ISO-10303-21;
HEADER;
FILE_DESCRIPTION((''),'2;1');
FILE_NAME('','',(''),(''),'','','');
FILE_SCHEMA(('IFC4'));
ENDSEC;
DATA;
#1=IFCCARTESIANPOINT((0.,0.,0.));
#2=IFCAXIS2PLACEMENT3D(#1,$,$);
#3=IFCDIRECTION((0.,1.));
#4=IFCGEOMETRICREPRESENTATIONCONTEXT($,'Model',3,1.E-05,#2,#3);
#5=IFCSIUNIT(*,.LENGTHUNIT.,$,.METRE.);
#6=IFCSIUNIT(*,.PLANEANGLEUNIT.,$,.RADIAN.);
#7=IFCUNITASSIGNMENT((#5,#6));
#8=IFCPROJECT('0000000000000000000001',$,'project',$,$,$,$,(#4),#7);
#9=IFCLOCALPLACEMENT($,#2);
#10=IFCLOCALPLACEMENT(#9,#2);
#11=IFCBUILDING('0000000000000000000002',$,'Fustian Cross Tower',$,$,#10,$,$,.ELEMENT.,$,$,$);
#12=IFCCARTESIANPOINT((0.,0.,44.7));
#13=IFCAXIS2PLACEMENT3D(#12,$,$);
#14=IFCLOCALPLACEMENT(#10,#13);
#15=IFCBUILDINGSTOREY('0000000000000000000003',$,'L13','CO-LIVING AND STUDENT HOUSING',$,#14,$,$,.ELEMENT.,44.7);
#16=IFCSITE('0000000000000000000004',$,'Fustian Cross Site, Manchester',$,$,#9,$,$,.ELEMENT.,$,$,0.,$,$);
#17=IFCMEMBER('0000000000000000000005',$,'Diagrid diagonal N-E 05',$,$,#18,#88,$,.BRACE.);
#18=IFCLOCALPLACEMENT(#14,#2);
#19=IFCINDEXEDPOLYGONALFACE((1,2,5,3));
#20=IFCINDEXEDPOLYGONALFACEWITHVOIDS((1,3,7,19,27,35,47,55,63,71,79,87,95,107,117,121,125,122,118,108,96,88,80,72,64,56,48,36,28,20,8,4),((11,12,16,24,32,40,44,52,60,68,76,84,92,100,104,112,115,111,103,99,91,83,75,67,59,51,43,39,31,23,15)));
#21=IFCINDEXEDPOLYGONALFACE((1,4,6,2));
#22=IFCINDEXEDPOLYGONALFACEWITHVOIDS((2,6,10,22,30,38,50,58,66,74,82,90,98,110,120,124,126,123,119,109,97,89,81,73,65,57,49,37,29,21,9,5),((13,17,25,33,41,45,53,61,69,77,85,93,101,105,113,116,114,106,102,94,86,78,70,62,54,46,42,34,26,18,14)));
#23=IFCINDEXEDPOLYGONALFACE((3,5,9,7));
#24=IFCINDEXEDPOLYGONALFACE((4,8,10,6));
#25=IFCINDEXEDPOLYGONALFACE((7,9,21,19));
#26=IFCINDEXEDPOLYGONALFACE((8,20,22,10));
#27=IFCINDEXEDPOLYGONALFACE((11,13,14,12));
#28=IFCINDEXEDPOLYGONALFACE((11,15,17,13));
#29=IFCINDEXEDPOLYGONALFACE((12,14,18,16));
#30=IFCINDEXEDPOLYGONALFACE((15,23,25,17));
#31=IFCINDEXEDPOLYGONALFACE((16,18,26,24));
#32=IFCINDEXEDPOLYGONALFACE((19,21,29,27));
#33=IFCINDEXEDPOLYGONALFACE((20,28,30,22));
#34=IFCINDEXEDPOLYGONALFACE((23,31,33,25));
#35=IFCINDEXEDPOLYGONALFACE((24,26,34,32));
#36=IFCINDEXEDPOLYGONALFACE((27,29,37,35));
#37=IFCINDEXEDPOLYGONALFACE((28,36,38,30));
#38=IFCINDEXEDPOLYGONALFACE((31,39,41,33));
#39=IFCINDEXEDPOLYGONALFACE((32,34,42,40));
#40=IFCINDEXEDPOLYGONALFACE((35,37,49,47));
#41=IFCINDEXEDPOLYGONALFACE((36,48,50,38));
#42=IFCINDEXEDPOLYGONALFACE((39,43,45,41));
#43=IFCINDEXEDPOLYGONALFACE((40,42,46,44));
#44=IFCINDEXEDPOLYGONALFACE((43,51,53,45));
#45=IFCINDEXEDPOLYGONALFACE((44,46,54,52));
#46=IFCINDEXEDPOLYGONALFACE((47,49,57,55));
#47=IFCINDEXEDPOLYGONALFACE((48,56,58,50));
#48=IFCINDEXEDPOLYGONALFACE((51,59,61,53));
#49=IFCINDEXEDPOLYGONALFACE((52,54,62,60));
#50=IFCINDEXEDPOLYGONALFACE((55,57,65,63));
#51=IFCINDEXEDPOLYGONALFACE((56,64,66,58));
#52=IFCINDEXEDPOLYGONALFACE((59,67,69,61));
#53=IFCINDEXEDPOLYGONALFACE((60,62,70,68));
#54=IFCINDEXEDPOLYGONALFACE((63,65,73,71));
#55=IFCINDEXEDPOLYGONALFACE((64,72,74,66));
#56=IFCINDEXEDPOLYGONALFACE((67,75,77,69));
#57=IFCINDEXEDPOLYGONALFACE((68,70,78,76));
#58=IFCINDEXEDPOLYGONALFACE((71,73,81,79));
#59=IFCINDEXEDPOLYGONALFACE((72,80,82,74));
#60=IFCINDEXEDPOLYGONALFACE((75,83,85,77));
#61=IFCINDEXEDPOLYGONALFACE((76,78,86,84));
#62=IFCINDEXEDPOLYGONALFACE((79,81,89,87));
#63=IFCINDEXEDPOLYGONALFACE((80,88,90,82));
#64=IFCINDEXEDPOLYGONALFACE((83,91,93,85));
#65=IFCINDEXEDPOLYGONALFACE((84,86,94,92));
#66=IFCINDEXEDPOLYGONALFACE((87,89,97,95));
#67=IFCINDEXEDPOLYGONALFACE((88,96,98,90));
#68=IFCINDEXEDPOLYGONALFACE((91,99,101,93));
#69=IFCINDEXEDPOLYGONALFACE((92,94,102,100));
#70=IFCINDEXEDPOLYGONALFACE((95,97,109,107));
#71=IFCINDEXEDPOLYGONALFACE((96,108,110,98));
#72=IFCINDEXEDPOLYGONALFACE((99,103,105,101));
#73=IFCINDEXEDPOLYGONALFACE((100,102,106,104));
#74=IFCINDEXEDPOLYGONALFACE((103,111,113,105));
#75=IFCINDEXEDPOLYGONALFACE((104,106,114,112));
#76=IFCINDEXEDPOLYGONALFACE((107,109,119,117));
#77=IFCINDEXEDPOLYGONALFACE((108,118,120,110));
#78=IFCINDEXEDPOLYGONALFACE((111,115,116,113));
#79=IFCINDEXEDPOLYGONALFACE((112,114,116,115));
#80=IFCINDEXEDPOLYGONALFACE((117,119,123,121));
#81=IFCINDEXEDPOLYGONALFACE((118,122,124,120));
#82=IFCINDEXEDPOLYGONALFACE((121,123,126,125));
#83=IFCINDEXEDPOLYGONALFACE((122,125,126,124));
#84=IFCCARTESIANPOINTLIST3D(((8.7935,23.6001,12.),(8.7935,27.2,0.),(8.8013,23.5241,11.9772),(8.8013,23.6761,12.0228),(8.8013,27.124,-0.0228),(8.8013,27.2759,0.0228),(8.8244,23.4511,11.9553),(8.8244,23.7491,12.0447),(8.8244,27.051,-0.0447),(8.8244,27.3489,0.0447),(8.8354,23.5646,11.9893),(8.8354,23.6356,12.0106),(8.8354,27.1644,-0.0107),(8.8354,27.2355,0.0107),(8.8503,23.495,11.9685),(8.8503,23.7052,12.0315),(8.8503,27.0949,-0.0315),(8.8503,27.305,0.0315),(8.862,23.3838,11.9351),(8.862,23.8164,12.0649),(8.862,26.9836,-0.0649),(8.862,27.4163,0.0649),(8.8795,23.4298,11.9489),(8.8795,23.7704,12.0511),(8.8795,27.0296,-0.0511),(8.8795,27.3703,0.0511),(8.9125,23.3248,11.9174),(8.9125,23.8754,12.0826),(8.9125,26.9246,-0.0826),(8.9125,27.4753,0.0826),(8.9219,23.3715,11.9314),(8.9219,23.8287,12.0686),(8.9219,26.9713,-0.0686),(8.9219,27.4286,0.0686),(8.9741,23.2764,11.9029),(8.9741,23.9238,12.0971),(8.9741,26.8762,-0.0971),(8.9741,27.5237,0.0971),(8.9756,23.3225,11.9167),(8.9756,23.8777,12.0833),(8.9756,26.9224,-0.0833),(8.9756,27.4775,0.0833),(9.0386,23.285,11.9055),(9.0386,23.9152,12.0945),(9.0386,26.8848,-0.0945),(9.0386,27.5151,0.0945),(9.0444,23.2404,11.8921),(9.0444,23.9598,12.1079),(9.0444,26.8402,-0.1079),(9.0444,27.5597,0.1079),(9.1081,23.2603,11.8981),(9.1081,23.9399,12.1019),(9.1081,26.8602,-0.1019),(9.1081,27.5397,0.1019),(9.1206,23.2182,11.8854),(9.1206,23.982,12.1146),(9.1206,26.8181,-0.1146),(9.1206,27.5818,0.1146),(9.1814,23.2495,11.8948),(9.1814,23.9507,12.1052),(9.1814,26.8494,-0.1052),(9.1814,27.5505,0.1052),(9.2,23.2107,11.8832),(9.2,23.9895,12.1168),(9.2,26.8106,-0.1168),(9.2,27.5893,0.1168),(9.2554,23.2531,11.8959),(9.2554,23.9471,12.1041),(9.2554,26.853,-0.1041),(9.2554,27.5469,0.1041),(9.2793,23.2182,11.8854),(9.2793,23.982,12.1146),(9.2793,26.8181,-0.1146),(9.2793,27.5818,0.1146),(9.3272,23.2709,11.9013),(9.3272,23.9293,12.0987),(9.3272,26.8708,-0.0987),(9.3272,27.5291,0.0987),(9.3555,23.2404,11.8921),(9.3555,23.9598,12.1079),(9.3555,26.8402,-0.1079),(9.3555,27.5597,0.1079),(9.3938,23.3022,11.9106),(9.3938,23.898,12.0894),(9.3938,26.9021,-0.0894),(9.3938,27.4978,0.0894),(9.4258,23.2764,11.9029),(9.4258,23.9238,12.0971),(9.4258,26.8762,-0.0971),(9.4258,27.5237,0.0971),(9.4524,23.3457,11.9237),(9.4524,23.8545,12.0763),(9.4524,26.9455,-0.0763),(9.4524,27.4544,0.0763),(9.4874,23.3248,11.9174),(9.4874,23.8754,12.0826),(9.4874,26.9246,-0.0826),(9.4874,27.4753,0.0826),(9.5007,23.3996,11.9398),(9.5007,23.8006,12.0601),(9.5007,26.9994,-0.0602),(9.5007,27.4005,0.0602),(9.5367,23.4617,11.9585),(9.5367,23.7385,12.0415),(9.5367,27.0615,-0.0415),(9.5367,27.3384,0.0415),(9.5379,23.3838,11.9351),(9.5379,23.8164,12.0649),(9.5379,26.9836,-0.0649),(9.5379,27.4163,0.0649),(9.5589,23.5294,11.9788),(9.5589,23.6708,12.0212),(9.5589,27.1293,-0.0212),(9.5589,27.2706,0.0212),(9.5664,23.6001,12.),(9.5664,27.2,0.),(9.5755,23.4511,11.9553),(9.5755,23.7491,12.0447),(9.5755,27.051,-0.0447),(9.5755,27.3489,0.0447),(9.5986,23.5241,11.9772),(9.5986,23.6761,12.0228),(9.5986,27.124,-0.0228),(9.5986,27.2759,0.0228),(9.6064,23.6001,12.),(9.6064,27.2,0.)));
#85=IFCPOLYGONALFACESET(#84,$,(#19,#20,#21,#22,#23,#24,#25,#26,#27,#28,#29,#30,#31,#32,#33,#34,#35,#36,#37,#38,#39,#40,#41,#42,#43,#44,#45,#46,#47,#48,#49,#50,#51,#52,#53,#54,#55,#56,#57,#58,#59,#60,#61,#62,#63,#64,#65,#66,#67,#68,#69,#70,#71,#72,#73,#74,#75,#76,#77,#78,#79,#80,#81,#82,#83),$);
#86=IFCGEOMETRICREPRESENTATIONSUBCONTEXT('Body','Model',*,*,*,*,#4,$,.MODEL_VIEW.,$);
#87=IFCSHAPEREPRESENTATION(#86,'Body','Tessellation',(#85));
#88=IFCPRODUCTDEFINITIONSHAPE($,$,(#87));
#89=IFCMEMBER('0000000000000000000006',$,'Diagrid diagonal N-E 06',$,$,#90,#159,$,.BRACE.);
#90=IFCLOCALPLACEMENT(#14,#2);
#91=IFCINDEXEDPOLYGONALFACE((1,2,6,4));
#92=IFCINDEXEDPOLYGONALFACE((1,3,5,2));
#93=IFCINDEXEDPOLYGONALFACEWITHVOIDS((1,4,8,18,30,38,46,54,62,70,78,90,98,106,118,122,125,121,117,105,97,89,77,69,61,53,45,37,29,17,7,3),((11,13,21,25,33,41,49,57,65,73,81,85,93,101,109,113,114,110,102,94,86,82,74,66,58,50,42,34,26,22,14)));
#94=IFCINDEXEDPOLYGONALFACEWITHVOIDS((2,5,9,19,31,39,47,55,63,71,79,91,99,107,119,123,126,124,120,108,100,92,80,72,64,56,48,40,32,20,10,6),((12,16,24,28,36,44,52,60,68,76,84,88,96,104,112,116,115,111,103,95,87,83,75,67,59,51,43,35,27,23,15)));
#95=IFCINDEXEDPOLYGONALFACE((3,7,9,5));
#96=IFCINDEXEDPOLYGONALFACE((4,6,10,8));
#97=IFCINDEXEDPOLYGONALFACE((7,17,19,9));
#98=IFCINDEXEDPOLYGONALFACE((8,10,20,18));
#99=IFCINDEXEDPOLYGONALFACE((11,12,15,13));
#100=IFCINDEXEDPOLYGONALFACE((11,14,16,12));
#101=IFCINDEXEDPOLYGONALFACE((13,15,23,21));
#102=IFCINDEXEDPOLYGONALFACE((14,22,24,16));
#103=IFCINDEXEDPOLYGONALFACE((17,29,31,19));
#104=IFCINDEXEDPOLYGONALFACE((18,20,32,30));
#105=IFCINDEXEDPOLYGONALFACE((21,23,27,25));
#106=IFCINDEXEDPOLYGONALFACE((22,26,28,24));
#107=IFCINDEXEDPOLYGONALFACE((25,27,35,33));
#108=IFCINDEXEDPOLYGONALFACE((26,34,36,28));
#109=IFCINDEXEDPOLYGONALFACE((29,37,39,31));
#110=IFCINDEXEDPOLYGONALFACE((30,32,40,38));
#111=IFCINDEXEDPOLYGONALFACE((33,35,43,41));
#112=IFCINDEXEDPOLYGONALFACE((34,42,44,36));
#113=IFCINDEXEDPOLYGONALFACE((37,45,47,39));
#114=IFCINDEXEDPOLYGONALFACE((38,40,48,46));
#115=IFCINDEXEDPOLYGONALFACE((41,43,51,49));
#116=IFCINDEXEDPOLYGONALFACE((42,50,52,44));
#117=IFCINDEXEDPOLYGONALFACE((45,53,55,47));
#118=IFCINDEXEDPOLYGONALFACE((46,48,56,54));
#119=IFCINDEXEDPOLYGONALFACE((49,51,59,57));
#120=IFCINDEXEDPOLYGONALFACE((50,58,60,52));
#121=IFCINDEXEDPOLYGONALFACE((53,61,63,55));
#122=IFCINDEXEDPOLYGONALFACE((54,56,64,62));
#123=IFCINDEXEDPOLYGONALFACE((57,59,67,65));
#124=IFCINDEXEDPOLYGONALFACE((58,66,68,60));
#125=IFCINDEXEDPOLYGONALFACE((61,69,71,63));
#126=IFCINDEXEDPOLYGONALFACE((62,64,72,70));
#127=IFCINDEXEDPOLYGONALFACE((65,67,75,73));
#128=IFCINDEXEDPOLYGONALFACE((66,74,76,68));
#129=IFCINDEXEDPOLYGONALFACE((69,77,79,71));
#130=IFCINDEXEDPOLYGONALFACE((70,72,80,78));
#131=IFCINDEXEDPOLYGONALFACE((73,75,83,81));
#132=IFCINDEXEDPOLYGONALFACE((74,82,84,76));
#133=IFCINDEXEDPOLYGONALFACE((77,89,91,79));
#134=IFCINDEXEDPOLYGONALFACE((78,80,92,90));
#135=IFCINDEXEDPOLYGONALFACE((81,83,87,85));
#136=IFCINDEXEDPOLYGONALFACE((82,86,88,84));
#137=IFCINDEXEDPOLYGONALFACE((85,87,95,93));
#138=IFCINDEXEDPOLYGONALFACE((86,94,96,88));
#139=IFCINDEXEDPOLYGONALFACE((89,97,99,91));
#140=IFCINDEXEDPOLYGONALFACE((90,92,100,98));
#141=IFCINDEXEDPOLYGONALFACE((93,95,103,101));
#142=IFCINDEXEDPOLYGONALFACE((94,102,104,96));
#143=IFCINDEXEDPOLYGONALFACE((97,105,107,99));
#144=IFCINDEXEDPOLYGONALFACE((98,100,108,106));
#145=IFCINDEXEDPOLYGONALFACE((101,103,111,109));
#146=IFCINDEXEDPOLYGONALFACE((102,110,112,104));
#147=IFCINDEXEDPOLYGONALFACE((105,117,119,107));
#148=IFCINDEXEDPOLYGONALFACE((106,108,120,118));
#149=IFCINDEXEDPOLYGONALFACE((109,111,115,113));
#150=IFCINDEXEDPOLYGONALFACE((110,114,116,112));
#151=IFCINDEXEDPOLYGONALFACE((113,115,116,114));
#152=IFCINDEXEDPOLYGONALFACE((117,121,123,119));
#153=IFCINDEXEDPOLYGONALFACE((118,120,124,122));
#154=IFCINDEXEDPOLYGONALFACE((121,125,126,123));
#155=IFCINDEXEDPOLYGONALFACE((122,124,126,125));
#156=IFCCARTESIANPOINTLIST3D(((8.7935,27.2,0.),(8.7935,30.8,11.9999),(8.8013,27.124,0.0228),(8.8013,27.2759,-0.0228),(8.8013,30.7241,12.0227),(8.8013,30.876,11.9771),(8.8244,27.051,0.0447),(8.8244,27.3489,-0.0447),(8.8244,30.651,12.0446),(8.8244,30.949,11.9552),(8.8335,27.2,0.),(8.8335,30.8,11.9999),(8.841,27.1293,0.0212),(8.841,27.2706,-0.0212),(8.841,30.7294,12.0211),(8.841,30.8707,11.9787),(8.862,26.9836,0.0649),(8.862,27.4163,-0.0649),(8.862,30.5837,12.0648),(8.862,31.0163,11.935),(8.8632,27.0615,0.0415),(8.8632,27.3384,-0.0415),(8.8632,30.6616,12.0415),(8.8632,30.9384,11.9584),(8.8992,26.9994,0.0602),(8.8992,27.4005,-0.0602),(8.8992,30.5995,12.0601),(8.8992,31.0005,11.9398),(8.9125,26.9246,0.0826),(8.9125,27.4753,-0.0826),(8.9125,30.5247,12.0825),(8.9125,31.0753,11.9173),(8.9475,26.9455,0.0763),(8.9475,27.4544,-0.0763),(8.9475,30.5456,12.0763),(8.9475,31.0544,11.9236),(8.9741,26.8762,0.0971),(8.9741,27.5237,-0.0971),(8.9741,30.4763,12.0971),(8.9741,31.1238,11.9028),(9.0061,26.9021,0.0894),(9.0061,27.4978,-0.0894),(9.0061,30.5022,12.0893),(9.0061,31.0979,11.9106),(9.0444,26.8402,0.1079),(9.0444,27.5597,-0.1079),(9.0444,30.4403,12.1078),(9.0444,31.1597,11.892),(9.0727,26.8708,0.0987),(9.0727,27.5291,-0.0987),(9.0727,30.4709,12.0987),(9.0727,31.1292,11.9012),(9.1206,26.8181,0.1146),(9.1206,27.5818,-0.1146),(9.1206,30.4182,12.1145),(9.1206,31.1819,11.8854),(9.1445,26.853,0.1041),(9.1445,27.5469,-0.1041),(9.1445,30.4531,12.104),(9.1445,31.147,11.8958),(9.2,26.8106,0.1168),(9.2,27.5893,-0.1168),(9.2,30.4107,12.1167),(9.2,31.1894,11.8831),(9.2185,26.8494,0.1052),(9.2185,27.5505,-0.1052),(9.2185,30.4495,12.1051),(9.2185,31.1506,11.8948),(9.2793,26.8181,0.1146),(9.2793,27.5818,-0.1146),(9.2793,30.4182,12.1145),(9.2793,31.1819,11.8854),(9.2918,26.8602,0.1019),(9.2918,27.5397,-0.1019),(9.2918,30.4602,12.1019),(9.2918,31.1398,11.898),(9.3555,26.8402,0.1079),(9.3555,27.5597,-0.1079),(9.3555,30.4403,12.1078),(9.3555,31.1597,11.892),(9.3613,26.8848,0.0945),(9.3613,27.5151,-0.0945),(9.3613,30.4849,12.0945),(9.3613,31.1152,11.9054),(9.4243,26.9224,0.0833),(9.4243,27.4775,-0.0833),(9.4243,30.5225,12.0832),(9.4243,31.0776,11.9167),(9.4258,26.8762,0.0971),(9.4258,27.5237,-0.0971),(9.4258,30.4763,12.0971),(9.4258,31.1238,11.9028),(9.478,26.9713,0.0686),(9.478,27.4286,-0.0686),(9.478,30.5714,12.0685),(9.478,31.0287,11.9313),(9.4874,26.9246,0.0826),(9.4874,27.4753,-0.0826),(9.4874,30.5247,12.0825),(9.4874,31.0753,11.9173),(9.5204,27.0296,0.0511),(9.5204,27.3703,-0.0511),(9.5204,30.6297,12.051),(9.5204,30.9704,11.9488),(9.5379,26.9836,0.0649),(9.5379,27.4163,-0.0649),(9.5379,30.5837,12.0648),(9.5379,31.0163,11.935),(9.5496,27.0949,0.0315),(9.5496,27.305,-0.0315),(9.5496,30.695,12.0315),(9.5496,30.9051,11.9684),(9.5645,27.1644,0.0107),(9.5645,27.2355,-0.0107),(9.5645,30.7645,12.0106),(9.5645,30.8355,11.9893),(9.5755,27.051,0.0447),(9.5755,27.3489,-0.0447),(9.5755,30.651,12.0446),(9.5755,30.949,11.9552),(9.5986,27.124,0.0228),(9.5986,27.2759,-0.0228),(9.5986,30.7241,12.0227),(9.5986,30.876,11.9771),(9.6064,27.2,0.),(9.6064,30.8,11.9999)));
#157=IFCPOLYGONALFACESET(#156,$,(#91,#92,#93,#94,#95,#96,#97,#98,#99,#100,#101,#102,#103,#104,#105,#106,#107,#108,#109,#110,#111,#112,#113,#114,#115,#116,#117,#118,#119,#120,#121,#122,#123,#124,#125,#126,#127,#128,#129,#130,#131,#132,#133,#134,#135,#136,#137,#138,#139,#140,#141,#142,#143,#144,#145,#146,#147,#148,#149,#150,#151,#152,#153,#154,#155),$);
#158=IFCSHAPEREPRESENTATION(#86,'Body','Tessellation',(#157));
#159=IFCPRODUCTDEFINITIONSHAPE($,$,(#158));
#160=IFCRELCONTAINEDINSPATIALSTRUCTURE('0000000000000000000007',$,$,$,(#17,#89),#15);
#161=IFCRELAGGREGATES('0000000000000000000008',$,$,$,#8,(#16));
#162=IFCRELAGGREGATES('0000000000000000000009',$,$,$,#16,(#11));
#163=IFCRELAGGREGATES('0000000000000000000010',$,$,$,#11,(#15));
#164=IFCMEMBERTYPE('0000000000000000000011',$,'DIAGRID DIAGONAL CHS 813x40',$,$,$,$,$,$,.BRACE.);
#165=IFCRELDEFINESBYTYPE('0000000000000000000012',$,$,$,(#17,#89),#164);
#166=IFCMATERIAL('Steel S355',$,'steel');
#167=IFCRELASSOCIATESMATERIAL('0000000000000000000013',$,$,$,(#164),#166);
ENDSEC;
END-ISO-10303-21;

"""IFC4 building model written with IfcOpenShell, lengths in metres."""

from ifc_helpers import new_model, si_unit, direction, frame, origin, origin_2d, place, context, subcontext, project, spatial, hollow_circle, extrude, material, material_profile, profile_set, type_object, element, save


model = new_model("IFC4")

# Units and contexts
model_context = context("Model", 3, precision=1e-05, world=origin(), true_north=direction((0.0, 1.0)))
body_context = subcontext(model_context, "Body", "Model", "MODEL_VIEW")
ifc_project = project(units=[si_unit("LENGTHUNIT", "METRE"), si_unit("PLANEANGLEUNIT", "RADIAN")], contexts=[model_context])

# Site, building, storey
site_placement = place(None, origin())
site = spatial("IfcSite", under=ifc_project, at=site_placement, Name="Fustian Cross Site, Manchester", CompositionType="ELEMENT", RefElevation=0.0)
building_placement = place(site_placement, origin())
building = spatial("IfcBuilding", under=site, at=building_placement, Name="Fustian Cross Tower", CompositionType="ELEMENT")
storey_placement = place(building_placement, frame((0.0, 0.0, 44.7)))
storey = spatial("IfcBuildingStorey", under=building, at=storey_placement, Name="L13", Description="CO-LIVING AND STUDENT HOUSING", CompositionType="ELEMENT", Elevation=44.7)

# Members
ifc_material_1 = material(Name="Steel S355", Category="steel")
ifc_material_profile_1 = material_profile(ifc_material_1, hollow_circle(Radius=0.4065, WallThickness=0.04, at=origin_2d()), Name="CHS 813x40")
ifc_profile_set_1 = profile_set([ifc_material_profile_1], Name="Steel S355")
member_type_1 = type_object("IfcMemberType", Name="DIAGRID DIAGONAL CHS 813x40", PredefinedType="BRACE", material=ifc_profile_set_1)
for number, where, z_axis, x_axis, name in (
    (1, (9.2, 27.2, 0.0), (0.0, -0.287337, 0.95783), (1.0, 0.0, 0.0), "Diagrid diagonal N-E 05"),
    (2, (9.2, 27.2, 0.0), (0.0, 0.287355, 0.957824), (-1.0, 0.0, 0.0), "Diagrid diagonal N-E 06"),
):
    element("IfcMember", number, at=place(storey_placement, frame(where, z_axis=z_axis, x_axis=x_axis)), inside=storey, type_object=member_type_1, Name=name, PredefinedType="BRACE", context=body_context, shape_type="SweptSolid", body=[
        extrude(hollow_circle(Radius=0.4065, WallThickness=0.04, at=origin_2d()), origin(), (0.0, 0.0, 1.0), 12.5283),
    ])

save(model, "model.ifc")
